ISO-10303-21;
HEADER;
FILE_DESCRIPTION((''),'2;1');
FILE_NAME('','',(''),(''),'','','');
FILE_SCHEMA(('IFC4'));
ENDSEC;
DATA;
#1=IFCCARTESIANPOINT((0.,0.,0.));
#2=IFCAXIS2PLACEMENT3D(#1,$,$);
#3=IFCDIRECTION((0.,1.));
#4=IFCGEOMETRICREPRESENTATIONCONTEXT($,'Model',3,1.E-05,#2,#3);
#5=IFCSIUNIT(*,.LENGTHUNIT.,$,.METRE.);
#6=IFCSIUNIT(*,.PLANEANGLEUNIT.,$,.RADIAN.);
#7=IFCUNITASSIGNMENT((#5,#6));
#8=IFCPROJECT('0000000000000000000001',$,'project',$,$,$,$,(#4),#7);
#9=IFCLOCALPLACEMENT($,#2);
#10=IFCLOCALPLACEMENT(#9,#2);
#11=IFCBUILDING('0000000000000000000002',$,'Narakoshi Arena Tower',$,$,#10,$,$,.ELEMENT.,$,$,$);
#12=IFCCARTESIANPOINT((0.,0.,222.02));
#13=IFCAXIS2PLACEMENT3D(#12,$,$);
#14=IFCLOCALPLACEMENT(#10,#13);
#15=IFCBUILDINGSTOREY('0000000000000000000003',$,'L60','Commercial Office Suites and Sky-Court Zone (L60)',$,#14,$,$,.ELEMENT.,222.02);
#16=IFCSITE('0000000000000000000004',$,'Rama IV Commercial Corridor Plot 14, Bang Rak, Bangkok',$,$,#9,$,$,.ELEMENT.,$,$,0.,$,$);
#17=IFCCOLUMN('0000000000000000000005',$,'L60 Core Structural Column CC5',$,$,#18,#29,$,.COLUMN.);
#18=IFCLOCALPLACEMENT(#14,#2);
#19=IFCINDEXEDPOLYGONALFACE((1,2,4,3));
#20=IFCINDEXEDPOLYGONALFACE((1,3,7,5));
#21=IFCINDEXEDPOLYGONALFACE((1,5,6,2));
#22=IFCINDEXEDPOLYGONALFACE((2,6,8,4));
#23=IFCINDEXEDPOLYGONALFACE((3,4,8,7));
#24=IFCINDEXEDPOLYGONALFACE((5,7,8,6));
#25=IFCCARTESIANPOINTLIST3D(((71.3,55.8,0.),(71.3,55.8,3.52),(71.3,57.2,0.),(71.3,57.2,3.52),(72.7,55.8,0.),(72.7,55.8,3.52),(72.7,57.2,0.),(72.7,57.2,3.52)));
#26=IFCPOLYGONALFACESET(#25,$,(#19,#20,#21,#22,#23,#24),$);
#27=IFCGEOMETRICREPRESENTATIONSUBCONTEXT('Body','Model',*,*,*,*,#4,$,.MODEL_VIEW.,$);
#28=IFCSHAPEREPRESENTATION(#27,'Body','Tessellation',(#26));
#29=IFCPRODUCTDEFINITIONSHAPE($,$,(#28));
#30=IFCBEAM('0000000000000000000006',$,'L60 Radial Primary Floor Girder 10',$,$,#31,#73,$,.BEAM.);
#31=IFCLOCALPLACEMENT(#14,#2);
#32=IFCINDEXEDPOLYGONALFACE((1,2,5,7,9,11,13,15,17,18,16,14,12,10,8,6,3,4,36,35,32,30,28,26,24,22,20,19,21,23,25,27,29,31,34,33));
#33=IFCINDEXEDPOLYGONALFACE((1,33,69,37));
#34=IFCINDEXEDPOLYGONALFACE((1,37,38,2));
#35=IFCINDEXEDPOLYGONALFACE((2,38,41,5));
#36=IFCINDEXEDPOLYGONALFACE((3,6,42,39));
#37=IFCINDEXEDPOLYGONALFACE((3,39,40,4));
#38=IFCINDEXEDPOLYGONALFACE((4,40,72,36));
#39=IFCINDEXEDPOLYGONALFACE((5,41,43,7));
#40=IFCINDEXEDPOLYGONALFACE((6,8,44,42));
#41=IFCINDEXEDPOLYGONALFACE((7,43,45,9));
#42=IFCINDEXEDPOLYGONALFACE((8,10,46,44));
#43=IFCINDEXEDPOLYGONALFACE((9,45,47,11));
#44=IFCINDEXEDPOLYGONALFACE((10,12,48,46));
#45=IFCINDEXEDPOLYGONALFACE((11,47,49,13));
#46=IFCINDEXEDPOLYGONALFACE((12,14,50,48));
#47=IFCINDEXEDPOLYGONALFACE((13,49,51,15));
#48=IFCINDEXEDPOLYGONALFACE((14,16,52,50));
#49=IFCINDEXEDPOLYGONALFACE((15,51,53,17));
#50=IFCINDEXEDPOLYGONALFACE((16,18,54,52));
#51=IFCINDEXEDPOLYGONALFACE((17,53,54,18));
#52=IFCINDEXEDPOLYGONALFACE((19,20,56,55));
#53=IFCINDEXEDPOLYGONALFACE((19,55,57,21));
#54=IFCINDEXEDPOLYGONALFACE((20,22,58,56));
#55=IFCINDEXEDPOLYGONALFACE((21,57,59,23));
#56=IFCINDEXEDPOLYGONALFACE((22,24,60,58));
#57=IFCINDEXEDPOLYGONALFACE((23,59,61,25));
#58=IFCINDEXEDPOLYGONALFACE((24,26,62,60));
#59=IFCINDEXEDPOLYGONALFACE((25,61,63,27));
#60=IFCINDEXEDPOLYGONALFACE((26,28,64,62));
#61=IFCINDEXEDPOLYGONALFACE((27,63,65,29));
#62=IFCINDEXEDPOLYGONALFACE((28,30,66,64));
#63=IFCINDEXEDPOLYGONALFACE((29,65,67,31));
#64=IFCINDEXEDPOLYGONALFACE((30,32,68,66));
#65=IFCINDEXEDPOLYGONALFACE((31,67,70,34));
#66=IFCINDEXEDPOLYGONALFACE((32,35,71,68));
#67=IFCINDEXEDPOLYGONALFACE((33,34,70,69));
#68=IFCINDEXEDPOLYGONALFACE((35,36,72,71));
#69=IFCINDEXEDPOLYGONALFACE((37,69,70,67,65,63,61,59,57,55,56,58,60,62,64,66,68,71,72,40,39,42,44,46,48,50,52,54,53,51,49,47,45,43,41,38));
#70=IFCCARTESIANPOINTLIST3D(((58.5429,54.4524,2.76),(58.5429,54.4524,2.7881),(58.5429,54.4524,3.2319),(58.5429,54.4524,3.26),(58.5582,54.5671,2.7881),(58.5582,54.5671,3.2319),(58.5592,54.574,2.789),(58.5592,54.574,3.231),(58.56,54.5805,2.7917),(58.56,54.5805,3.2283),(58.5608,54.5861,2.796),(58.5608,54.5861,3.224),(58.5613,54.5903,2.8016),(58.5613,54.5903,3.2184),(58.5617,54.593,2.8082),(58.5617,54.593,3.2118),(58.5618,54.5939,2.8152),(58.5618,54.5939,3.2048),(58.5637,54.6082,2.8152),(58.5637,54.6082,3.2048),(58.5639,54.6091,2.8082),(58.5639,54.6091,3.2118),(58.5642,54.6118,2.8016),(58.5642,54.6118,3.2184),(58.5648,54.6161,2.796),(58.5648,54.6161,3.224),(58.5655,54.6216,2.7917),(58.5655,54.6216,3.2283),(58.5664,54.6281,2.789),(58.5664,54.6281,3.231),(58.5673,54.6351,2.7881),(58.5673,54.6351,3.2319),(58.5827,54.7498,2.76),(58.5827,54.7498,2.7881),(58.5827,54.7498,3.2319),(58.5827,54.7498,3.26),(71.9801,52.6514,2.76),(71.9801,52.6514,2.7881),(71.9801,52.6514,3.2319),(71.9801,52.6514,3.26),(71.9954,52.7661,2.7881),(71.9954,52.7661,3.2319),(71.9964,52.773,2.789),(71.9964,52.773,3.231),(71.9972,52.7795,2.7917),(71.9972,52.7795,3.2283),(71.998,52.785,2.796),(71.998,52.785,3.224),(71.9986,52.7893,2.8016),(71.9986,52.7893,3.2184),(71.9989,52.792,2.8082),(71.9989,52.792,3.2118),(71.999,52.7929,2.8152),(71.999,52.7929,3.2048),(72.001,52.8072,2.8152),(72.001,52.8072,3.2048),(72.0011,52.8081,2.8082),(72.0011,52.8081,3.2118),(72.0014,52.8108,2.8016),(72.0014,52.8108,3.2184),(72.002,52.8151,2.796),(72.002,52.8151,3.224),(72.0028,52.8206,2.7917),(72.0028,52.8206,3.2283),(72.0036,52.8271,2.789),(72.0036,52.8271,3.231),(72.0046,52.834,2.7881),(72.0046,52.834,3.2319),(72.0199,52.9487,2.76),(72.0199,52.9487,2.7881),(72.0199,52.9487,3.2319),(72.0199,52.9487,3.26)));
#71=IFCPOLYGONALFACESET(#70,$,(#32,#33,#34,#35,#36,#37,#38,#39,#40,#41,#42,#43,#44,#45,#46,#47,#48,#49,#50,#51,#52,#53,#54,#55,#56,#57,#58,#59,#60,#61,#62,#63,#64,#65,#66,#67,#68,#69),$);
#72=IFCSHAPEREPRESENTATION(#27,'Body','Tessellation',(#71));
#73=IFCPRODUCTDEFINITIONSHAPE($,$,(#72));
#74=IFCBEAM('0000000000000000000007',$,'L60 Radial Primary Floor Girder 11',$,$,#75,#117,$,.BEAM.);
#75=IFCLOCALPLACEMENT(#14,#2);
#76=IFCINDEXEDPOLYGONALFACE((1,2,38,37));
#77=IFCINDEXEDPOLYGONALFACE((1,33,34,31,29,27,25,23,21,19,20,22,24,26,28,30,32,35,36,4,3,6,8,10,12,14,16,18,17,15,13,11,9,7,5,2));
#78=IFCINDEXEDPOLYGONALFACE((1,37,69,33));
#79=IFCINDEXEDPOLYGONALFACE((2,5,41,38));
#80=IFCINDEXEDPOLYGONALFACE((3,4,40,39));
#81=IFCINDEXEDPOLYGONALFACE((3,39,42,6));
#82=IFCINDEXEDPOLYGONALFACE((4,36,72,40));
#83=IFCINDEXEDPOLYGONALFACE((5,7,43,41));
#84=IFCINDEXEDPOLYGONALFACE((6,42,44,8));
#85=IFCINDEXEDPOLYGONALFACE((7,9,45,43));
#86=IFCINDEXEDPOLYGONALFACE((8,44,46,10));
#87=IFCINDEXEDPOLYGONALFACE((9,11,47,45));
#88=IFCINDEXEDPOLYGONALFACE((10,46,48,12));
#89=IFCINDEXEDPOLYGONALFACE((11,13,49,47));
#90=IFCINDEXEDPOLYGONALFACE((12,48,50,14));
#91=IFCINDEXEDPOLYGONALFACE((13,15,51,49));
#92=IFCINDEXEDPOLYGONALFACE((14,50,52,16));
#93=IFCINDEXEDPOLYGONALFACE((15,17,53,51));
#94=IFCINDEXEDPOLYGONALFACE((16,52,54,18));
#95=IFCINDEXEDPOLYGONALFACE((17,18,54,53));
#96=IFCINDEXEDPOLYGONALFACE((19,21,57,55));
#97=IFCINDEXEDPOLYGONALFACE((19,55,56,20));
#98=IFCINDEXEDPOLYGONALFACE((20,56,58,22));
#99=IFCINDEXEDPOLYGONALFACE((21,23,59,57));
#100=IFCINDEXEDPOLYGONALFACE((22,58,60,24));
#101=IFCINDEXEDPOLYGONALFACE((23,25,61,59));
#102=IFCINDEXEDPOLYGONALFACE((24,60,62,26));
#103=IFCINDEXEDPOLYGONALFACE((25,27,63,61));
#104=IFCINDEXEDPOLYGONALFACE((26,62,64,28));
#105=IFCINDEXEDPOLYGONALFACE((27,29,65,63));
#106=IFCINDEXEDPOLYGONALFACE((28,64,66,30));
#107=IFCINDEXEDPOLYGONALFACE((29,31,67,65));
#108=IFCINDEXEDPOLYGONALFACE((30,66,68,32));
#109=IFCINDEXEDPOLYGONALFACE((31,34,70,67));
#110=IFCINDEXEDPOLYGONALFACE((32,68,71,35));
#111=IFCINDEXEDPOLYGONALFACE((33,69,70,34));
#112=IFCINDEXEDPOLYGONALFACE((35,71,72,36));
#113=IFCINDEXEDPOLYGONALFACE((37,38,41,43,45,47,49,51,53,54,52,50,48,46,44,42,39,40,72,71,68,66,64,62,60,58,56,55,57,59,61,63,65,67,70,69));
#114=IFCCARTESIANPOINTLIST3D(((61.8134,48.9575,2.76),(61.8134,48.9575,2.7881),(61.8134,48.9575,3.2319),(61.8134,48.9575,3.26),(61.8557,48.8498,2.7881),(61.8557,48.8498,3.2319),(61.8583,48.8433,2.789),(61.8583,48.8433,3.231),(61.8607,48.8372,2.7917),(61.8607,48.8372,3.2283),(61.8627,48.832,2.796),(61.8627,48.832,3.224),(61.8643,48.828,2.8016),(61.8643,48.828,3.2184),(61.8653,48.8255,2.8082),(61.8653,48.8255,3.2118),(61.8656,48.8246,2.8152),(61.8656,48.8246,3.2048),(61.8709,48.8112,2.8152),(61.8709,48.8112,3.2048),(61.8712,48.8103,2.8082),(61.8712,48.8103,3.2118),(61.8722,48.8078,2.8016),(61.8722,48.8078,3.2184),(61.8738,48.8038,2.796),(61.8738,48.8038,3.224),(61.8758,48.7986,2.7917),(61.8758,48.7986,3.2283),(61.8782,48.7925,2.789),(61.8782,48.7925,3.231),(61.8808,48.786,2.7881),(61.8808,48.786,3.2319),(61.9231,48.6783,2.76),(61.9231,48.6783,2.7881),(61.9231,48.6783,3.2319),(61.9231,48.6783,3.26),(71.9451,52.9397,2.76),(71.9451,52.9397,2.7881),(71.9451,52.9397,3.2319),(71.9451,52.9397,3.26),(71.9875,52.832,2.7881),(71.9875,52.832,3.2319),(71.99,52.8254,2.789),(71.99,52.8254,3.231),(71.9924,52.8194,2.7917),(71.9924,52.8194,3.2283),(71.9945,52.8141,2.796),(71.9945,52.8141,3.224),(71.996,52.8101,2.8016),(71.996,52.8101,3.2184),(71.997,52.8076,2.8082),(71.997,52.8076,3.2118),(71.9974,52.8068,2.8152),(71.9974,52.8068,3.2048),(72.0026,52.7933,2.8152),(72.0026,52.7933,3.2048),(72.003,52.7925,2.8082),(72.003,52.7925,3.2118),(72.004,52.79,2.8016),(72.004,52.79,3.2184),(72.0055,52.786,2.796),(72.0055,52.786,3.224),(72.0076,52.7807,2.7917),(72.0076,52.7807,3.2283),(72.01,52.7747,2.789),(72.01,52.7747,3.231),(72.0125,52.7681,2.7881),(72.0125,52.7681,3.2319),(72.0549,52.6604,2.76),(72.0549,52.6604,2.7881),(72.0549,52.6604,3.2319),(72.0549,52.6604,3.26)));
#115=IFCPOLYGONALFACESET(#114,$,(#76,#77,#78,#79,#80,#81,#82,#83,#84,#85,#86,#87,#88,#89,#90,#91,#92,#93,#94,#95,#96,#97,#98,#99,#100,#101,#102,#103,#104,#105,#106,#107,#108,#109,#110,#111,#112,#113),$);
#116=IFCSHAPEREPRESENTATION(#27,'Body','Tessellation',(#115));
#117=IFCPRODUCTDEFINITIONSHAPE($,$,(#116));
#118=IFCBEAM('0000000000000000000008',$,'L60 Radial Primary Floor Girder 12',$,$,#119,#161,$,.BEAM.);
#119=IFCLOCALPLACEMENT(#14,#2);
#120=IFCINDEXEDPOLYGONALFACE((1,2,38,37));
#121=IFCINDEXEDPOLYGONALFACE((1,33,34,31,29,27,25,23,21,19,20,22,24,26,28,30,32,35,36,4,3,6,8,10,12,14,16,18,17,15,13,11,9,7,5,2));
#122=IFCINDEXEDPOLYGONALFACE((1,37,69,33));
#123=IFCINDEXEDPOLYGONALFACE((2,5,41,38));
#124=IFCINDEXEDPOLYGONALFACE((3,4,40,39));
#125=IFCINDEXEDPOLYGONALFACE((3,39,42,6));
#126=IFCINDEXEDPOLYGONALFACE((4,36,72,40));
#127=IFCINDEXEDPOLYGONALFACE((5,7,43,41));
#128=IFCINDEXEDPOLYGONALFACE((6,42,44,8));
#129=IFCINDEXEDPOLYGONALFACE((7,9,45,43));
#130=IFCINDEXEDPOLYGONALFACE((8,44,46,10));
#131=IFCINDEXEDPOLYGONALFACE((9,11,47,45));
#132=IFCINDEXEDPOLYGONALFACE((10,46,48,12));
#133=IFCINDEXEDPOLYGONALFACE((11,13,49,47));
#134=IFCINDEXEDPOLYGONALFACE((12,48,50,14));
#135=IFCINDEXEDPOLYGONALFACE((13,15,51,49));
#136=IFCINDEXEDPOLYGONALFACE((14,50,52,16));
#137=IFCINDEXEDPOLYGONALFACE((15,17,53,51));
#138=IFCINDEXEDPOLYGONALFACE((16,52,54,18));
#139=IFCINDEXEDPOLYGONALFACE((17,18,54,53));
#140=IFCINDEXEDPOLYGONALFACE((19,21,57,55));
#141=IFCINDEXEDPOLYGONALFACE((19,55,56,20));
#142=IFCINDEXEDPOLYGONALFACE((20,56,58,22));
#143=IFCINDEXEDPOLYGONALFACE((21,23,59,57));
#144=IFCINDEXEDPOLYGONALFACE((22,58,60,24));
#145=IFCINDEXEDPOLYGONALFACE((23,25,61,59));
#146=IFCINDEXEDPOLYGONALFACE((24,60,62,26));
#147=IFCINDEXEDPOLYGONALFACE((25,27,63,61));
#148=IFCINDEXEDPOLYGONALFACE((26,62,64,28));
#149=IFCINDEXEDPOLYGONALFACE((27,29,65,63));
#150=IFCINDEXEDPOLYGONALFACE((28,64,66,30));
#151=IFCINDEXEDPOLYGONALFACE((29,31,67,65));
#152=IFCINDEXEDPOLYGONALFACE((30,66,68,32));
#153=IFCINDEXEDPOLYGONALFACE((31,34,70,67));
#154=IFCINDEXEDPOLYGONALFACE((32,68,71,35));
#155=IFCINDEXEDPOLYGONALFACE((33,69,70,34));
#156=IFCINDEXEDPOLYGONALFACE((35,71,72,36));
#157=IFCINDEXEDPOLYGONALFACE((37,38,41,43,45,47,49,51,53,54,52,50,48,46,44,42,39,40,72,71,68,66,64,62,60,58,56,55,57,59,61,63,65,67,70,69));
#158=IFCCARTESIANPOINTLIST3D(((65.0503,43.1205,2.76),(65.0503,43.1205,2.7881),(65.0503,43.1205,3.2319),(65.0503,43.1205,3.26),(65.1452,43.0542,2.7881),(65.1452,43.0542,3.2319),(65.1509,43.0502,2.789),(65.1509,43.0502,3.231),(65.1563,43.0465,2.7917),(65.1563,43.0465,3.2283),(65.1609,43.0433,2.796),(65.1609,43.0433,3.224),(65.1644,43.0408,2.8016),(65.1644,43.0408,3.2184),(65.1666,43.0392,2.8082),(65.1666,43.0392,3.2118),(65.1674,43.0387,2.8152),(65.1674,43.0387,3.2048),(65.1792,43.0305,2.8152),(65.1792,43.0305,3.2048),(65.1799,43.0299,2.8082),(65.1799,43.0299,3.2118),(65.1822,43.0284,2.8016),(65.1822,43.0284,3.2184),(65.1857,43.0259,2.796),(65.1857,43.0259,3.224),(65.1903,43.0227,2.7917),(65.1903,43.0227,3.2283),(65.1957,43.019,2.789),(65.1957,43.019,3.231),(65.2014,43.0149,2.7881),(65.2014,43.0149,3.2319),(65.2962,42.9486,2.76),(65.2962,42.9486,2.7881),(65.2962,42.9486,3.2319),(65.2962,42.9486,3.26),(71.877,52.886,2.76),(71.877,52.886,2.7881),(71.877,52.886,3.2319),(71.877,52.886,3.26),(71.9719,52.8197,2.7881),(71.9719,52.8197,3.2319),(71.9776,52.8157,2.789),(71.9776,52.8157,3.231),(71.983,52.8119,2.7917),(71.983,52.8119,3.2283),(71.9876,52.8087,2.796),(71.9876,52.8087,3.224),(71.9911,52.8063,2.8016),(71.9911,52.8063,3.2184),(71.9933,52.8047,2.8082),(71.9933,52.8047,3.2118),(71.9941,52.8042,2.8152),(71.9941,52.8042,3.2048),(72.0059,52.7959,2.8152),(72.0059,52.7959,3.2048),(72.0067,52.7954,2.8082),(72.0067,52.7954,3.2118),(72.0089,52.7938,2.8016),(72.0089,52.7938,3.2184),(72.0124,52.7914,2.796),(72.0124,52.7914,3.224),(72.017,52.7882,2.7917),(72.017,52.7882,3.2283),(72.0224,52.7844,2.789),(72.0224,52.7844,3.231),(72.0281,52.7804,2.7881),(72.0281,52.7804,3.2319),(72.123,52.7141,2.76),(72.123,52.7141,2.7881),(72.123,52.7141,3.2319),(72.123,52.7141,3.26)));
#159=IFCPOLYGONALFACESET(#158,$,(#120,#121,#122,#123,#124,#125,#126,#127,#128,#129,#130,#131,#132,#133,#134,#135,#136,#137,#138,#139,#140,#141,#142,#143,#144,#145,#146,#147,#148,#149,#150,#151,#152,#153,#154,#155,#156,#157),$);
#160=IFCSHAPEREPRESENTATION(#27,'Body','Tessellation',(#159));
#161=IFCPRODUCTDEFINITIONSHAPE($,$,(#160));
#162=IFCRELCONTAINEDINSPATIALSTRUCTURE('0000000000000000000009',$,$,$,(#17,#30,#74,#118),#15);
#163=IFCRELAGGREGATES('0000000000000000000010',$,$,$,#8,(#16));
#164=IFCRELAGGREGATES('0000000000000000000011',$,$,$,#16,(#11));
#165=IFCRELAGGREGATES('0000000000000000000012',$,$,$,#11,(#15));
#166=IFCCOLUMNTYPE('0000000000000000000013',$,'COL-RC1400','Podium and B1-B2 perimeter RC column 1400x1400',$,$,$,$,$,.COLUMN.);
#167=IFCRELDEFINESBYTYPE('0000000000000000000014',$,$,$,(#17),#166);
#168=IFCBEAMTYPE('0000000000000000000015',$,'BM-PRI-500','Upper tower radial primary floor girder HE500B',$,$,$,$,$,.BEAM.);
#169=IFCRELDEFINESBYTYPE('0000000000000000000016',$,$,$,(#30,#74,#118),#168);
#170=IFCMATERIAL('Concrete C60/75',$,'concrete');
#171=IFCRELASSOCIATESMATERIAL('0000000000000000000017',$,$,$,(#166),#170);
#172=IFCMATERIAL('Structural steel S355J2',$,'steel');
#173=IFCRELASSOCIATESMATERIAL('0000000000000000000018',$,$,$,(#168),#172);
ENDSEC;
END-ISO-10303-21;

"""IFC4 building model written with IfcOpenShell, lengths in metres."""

from ifc_helpers import new_model, si_unit, direction, frame, origin, origin_2d, place, context, subcontext, project, spatial, rectangle, i_section, extrude, material, material_profile, profile_set, type_object, element, save


model = new_model("IFC4")

# Units and contexts
model_context = context("Model", 3, precision=1e-05, world=origin(), true_north=direction((0.0, 1.0)))
body_context = subcontext(model_context, "Body", "Model", "MODEL_VIEW")
ifc_project = project(units=[si_unit("LENGTHUNIT", "METRE"), si_unit("PLANEANGLEUNIT", "RADIAN")], contexts=[model_context])

# Site, building, storey
site_placement = place(None, origin())
site = spatial("IfcSite", under=ifc_project, at=site_placement, Name="Rama IV Commercial Corridor Plot 14, Bang Rak, Bangkok", CompositionType="ELEMENT", RefElevation=0.0)
building_placement = place(site_placement, origin())
building = spatial("IfcBuilding", under=site, at=building_placement, Name="Narakoshi Arena Tower", CompositionType="ELEMENT")
storey_placement = place(building_placement, frame((0.0, 0.0, 222.02)))
storey = spatial("IfcBuildingStorey", under=building, at=storey_placement, Name="L60", Description="Commercial Office Suites and Sky-Court Zone (L60)", CompositionType="ELEMENT", Elevation=222.02)

# Column
ifc_material_1 = material(Name="Concrete C60/75", Category="concrete")
ifc_material_profile_1 = material_profile(ifc_material_1, rectangle(XDim=1.3999, YDim=1.3999, at=origin_2d()), Name="RC1400x1400")
ifc_profile_set_1 = profile_set([ifc_material_profile_1], Name="Concrete C60/75")
column_type = type_object("IfcColumnType", Name="COL-RC1400", Description="Podium and B1-B2 perimeter RC column 1400x1400", PredefinedType="COLUMN", material=ifc_profile_set_1)
column_placement = place(storey_placement, frame((72.0, 56.5, 0.0), z_axis=(0.0, 0.0, 1.0), x_axis=(1.0, 0.0, 0.0)))
element("IfcColumn", 1, at=column_placement, inside=storey, type_object=column_type, Name="L60 Core Structural Column CC5", PredefinedType="COLUMN", context=body_context, shape_type="SweptSolid", body=[
    extrude(rectangle(XDim=1.3999, YDim=1.3999, at=origin_2d()), origin(), (0.0, 0.0, 1.0), 3.52),
])

# Beams
ifc_material_2 = material(Name="Structural steel S355J2", Category="steel")
ifc_material_profile_2 = material_profile(ifc_material_2, i_section(OverallWidth=0.3, OverallDepth=0.5, WebThickness=0.0144, FlangeThickness=0.0281, FilletRadius=0.0271, at=origin_2d()), Name="HE500B")
ifc_profile_set_2 = profile_set([ifc_material_profile_2], Name="Structural steel S355J2")
beam_type = type_object("IfcBeamType", Name="BM-PRI-500", Description="Upper tower radial primary floor girder HE500B", PredefinedType="BEAM", material=ifc_profile_set_2)
beam_1_placement = place(storey_placement, frame((72.0, 52.8, 3.01), z_axis=(-0.991137, 0.132844, 0.0), x_axis=(-0.132844, -0.991137, 0.0)))
element("IfcBeam", 2, at=beam_1_placement, inside=storey, type_object=beam_type, Name="L60 Radial Primary Floor Girder 10", PredefinedType="BEAM", context=body_context, shape_type="SweptSolid", body=[
    extrude(i_section(OverallWidth=0.3, OverallDepth=0.5, WebThickness=0.0144, FlangeThickness=0.0281, FilletRadius=0.0271, at=origin_2d()), origin(), (0.0, 0.0, 1.0), 13.5574),
])
beam_2_placement = place(storey_placement, frame((72.0, 52.8, 3.01), z_axis=(-0.930695, -0.365797, 0.0), x_axis=(0.365797, -0.930695, 0.0)))
element("IfcBeam", 3, at=beam_2_placement, inside=storey, type_object=beam_type, Name="L60 Radial Primary Floor Girder 11", PredefinedType="BEAM", context=body_context, shape_type="SweptSolid", body=[
    extrude(i_section(OverallWidth=0.3, OverallDepth=0.5, WebThickness=0.0144, FlangeThickness=0.0281, FilletRadius=0.0271, at=origin_2d()), origin(), (0.0, 0.0, 1.0), 10.8862),
])
beam_3_placement = place(storey_placement, frame((72.0, 52.8, 3.01), z_axis=(-0.572949, -0.819591, 0.0), x_axis=(0.819591, -0.572949, 0.0)))
element("IfcBeam", 4, at=beam_3_placement, inside=storey, type_object=beam_type, Name="L60 Radial Primary Floor Girder 12", PredefinedType="BEAM", context=body_context, shape_type="SweptSolid", body=[
    extrude(i_section(OverallWidth=0.3, OverallDepth=0.5, WebThickness=0.0144, FlangeThickness=0.0281, FilletRadius=0.0271, at=origin_2d()), origin(), (0.0, 0.0, 1.0), 11.915),
])

save(model, "model.ifc")
